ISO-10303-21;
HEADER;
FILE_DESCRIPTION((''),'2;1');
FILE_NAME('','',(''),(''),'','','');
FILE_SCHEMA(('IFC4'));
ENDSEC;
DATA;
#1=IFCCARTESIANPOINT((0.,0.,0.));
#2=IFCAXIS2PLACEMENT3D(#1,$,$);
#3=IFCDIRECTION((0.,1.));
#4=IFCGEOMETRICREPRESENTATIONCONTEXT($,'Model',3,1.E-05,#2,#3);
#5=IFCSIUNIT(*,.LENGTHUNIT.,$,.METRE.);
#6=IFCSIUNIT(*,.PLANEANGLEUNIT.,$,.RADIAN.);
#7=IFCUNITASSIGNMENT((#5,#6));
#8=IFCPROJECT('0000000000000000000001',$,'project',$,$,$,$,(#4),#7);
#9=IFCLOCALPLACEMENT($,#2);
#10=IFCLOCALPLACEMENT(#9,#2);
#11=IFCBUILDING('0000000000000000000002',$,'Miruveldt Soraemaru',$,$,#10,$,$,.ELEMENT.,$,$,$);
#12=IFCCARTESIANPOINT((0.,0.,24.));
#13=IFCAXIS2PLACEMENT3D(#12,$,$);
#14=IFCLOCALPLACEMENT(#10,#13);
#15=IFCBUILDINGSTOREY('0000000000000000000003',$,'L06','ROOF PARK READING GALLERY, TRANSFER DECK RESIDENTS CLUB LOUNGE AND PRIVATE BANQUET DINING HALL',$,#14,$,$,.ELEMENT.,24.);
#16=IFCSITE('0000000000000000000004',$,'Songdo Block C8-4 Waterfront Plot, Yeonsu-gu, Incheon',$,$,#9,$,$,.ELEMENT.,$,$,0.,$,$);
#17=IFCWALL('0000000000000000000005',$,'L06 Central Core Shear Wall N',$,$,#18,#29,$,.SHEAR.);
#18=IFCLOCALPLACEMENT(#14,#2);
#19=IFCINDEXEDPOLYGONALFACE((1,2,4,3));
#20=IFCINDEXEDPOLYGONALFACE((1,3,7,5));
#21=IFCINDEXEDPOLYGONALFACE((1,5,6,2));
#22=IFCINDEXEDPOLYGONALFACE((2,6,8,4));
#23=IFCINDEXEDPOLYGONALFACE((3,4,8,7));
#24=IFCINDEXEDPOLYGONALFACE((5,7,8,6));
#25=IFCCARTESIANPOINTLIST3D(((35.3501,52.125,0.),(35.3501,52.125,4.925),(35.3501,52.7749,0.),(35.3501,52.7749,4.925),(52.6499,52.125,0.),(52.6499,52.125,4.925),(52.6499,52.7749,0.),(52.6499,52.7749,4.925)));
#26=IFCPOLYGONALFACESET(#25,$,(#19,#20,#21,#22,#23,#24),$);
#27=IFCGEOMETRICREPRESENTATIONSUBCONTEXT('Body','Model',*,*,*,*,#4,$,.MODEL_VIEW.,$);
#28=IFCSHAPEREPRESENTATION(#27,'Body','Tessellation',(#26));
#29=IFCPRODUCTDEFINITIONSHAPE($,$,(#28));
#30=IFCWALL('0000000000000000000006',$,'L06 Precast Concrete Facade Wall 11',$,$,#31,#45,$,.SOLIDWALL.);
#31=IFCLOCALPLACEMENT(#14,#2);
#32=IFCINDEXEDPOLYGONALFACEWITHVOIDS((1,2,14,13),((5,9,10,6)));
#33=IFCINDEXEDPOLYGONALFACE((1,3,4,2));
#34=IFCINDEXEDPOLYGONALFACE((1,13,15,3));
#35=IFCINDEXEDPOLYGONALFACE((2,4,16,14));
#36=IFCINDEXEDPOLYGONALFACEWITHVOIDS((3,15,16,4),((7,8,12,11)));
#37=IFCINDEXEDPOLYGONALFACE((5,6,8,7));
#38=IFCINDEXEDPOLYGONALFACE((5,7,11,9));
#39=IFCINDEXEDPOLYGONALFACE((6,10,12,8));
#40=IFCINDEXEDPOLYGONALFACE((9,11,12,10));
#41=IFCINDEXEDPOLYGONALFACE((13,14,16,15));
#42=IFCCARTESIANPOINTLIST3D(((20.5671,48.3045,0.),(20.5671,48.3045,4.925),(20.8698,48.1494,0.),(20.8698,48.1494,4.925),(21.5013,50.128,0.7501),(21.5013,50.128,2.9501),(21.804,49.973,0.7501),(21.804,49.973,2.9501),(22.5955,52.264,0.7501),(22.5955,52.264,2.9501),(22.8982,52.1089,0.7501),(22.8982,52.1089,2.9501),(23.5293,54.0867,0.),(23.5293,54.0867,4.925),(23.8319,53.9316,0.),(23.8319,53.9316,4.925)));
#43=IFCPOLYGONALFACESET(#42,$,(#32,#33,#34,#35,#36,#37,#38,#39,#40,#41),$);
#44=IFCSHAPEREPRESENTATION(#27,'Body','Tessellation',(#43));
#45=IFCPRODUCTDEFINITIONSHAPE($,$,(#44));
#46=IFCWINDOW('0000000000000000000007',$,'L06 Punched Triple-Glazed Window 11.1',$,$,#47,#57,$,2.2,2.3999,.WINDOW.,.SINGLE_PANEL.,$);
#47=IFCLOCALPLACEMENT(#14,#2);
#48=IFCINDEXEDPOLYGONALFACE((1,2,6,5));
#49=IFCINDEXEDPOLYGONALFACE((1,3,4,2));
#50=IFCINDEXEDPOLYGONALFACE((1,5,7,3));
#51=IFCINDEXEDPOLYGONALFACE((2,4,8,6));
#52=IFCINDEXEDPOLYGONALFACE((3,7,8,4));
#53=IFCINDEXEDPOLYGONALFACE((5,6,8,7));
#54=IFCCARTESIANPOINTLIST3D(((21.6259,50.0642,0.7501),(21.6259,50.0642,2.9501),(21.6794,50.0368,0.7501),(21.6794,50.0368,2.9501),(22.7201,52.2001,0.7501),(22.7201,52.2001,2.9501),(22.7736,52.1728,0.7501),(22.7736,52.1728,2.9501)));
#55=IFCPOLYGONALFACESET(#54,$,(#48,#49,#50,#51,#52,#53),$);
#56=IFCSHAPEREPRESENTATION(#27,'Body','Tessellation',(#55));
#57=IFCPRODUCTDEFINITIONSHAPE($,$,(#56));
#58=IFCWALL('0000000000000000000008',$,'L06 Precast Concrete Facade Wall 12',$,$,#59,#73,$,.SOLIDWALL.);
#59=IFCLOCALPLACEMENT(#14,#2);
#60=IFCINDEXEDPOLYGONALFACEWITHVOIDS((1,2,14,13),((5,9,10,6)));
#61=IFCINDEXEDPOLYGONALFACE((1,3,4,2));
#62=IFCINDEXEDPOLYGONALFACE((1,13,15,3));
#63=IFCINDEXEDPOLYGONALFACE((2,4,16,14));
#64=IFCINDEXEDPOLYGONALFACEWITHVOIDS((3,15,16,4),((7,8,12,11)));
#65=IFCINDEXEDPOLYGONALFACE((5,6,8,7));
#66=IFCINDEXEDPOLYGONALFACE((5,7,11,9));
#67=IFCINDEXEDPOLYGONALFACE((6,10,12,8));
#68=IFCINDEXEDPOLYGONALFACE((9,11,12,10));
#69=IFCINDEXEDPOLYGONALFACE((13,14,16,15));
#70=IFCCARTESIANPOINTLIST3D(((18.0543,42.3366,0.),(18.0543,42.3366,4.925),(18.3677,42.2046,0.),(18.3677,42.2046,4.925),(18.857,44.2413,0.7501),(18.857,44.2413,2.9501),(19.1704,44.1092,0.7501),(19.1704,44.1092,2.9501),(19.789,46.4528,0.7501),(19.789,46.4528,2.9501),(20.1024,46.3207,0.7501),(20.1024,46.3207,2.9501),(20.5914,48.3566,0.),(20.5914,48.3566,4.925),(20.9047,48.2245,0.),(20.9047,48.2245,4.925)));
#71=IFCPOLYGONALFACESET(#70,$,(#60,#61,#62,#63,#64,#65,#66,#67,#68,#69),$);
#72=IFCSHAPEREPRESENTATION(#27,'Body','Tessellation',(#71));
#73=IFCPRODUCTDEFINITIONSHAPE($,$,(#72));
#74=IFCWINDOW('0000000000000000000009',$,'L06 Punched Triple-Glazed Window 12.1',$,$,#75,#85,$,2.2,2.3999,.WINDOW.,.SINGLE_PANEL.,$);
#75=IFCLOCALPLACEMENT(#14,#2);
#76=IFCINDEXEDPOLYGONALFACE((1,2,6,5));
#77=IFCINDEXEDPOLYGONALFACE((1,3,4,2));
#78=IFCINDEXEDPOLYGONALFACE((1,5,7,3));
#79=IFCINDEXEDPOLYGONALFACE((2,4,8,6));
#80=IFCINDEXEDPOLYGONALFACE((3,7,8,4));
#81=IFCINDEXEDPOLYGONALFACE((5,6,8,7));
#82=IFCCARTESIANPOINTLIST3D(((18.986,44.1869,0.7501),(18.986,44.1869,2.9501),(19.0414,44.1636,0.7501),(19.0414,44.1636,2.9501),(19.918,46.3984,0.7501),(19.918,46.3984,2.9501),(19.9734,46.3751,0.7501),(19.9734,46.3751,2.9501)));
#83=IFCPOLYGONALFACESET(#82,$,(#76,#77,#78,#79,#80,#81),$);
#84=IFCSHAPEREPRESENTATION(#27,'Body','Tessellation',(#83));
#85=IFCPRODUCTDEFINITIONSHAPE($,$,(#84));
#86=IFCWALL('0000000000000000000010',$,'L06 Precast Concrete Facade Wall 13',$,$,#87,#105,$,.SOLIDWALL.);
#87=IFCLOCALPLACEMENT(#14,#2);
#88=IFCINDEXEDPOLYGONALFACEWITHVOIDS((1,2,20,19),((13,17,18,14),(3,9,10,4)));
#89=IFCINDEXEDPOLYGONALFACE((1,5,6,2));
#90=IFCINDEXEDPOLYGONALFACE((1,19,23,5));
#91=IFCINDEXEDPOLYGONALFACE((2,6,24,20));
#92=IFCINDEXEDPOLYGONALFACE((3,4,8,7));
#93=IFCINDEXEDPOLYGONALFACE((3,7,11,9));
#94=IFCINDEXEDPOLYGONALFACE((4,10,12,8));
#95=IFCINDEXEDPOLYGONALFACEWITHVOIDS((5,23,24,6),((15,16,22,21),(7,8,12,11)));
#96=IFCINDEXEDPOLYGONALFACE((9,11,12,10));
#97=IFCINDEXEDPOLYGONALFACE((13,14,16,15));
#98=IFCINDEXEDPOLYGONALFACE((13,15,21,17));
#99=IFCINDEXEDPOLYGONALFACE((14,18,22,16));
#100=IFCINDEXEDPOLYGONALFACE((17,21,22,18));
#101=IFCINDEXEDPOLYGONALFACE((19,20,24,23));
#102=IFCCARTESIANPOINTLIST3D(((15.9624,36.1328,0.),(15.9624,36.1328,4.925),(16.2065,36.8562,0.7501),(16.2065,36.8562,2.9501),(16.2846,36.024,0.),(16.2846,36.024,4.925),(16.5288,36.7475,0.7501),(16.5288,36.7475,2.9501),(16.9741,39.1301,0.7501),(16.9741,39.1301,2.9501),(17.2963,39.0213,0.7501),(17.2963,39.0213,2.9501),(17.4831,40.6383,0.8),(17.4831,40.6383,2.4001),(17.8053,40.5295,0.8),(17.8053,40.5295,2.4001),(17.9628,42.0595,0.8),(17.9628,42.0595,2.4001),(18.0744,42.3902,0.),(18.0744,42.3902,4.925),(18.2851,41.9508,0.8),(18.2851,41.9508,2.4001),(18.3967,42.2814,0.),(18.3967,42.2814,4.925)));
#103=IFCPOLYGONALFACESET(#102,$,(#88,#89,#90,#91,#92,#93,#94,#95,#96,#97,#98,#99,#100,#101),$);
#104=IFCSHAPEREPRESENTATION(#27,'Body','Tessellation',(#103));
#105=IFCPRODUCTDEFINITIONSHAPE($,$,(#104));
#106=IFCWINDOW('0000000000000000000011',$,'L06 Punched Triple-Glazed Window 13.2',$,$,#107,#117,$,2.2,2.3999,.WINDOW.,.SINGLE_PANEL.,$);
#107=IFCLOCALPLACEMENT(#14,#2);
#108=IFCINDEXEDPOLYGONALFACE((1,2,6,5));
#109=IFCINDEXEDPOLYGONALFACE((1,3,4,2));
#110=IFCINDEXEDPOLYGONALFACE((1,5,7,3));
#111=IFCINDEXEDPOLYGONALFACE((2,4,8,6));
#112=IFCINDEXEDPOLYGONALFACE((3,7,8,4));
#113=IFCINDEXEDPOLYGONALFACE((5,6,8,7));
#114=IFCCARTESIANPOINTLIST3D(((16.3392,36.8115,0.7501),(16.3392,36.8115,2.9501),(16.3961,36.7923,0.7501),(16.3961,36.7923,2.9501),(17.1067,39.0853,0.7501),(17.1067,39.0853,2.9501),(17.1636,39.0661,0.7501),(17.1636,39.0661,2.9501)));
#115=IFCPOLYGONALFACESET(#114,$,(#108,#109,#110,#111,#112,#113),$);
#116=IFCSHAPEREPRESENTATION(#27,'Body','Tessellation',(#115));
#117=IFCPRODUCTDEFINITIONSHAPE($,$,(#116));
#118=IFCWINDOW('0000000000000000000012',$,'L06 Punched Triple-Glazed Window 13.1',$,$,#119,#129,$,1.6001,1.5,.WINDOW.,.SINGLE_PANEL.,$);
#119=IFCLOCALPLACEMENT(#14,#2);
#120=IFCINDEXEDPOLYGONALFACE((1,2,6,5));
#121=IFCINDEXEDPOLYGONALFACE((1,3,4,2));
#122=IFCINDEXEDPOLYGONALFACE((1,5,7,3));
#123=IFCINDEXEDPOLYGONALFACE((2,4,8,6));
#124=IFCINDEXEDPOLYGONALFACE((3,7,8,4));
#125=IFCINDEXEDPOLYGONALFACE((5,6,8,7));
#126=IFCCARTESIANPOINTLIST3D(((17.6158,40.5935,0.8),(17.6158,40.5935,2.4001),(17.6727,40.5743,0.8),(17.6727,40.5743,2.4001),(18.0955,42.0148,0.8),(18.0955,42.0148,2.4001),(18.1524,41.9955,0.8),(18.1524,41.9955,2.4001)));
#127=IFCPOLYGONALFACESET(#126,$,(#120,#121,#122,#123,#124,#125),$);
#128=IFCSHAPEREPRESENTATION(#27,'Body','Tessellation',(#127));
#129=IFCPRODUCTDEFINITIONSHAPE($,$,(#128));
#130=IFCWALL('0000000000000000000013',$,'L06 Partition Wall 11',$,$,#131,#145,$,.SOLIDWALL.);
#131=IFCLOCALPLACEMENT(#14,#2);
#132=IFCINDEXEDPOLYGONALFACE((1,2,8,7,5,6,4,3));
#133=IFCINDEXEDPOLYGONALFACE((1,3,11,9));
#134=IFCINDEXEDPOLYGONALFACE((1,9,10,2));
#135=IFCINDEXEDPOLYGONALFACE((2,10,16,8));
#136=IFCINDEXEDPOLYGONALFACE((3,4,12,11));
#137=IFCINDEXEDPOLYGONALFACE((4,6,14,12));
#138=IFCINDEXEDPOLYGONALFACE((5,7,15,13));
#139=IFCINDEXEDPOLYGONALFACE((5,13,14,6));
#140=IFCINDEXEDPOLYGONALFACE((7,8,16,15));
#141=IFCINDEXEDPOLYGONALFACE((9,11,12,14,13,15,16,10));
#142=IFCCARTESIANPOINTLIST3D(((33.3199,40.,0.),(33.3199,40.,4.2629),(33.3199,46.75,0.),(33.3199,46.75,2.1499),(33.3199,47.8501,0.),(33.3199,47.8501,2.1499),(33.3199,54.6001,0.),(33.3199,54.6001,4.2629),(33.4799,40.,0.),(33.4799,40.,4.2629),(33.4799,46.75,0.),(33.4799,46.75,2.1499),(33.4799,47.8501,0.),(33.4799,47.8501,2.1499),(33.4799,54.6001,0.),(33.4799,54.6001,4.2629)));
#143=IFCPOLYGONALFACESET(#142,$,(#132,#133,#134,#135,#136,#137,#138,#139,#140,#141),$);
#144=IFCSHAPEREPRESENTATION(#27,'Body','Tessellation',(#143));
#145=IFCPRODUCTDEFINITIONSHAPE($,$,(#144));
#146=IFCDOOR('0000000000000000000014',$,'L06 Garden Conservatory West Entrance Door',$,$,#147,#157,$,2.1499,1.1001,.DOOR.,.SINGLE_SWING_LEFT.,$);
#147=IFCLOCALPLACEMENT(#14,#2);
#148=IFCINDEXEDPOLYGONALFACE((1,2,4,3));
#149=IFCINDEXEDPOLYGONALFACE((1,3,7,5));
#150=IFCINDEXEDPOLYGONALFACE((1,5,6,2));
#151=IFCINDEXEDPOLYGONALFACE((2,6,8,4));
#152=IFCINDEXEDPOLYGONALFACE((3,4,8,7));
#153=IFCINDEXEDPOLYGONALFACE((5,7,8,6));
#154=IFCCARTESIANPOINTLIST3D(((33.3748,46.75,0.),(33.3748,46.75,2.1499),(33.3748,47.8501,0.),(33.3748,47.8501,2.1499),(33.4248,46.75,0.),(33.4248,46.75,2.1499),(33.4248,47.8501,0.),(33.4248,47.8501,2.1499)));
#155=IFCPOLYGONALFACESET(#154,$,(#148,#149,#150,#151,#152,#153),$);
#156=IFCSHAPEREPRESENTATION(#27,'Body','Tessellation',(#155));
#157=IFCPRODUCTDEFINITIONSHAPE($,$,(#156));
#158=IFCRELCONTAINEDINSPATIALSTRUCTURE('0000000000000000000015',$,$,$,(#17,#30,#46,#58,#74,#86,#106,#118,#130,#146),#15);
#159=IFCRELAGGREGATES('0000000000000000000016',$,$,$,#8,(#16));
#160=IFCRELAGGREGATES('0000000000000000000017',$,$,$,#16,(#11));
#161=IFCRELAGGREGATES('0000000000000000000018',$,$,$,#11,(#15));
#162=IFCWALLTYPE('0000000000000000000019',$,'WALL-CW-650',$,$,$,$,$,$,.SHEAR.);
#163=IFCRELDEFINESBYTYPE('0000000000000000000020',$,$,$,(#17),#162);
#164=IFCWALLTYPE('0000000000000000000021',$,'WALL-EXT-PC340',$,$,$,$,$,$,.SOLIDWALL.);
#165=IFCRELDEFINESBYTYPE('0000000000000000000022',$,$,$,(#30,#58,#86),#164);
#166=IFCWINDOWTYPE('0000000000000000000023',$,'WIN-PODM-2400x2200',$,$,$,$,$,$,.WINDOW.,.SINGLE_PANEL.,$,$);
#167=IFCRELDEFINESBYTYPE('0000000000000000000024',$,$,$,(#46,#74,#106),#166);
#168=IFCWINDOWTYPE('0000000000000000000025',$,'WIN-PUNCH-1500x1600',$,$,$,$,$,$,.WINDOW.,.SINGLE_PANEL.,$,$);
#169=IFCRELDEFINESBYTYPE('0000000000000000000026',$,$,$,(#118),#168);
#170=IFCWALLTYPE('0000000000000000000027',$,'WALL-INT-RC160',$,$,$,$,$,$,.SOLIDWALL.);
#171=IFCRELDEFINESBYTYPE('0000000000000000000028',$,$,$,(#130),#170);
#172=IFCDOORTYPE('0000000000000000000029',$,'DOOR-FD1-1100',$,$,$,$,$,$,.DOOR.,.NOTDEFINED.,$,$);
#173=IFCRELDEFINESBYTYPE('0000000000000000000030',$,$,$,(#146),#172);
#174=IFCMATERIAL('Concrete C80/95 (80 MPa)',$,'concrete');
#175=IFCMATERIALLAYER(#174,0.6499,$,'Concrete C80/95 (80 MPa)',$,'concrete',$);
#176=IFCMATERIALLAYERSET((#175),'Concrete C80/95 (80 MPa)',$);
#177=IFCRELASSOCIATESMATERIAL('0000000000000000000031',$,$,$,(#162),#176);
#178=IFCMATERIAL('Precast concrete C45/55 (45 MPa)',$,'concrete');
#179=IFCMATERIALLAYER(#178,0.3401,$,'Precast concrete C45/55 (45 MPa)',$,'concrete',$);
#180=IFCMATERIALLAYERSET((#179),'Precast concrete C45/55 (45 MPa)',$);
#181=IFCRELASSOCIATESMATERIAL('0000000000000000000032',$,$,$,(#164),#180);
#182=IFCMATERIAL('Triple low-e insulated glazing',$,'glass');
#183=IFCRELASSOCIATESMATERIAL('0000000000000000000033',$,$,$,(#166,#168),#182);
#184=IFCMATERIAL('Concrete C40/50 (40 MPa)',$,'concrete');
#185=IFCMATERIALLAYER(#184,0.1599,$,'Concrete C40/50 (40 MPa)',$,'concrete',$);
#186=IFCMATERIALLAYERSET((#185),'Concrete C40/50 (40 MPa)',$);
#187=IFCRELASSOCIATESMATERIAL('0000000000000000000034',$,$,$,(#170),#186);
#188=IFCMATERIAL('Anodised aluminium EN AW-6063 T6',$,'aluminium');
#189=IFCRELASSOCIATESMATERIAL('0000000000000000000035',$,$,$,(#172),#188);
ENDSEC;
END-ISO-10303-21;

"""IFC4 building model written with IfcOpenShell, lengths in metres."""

from ifc_helpers import new_model, si_unit, direction, frame, frame_2d, origin, place, context, subcontext, project, spatial, rectangle, extrude, material, layer, layer_set, type_object, element, fill, save


model = new_model("IFC4")

# Units and contexts
model_context = context("Model", 3, precision=1e-05, world=origin(), true_north=direction((0.0, 1.0)))
body_context = subcontext(model_context, "Body", "Model", "MODEL_VIEW")
ifc_project = project(units=[si_unit("LENGTHUNIT", "METRE"), si_unit("PLANEANGLEUNIT", "RADIAN")], contexts=[model_context])

# Site, building, storey
site_placement = place(None, origin())
site = spatial("IfcSite", under=ifc_project, at=site_placement, Name="Songdo Block C8-4 Waterfront Plot, Yeonsu-gu, Incheon", CompositionType="ELEMENT", RefElevation=0.0)
building_placement = place(site_placement, origin())
building = spatial("IfcBuilding", under=site, at=building_placement, Name="Miruveldt Soraemaru", CompositionType="ELEMENT")
storey_placement = place(building_placement, frame((0.0, 0.0, 24.0)))
storey = spatial("IfcBuildingStorey", under=building, at=storey_placement, Name="L06", Description="ROOF PARK READING GALLERY, TRANSFER DECK RESIDENTS CLUB LOUNGE AND PRIVATE BANQUET DINING HALL", CompositionType="ELEMENT", Elevation=24.0)

# Shared definitions
ifc_material_1 = material(Name="Concrete C80/95 (80 MPa)", Category="concrete")

# Shared definitions
ifc_material_2 = material(Name="Anodised aluminium EN AW-6063 T6", Category="aluminium")

# Wall
ifc_layer_1 = layer(ifc_material_1, 0.6499, Name="Concrete C80/95 (80 MPa)", Category="concrete")
ifc_layer_set_1 = layer_set([ifc_layer_1], Name="Concrete C80/95 (80 MPa)")
wall_type_1 = type_object("IfcWallType", Name="WALL-CW-650", PredefinedType="SHEAR", material=ifc_layer_set_1)
wall_1_placement = place(storey_placement, frame((35.3501, 52.45, 0.0), z_axis=(0.0, 0.0, 1.0), x_axis=(1.0, 0.0, 0.0)))
element("IfcWall", 1, at=wall_1_placement, inside=storey, type_object=wall_type_1, Name="L06 Central Core Shear Wall N", PredefinedType="SHEAR", context=body_context, shape_type="SweptSolid", body=[
    extrude(rectangle(XDim=17.2998, YDim=0.6499, at=frame_2d((8.6499, 0.0))), origin(), (0.0, 0.0, 1.0), 4.925),
])

# Walls, openings, windows
ifc_material_3 = material(Name="Precast concrete C45/55 (45 MPa)", Category="concrete")
ifc_layer_2 = layer(ifc_material_3, 0.3401, Name="Precast concrete C45/55 (45 MPa)", Category="concrete")
ifc_layer_set_2 = layer_set([ifc_layer_2], Name="Precast concrete C45/55 (45 MPa)")
wall_type_2 = type_object("IfcWallType", Name="WALL-EXT-PC340", PredefinedType="SOLIDWALL", material=ifc_layer_set_2)
wall_2_placement = place(storey_placement, frame((23.6807, 54.0093, 0.0), z_axis=(0.0, 0.0, 1.0), x_axis=(-0.45594, -0.89001, 0.0)))
wall_2 = element("IfcWall", 2, at=wall_2_placement, inside=storey, type_object=wall_type_2, Name="L06 Precast Concrete Facade Wall 11", PredefinedType="SOLIDWALL", context=body_context, shape_type="SweptSolid", body=[
    extrude(rectangle(XDim=6.4968, YDim=0.3401, at=frame_2d((3.2485, 0.0))), origin(), (0.0, 0.0, 1.0), 4.925),
])
opening_1_placement = place(wall_2_placement, frame((2.0481, 0.0, 0.75)))
opening_1 = element("IfcOpeningElement", 3, at=opening_1_placement, cuts=wall_2, PredefinedType="OPENING", context=body_context, shape_type="SweptSolid", body=[
    extrude(rectangle(XDim=2.3999, YDim=2.2, at=frame_2d((1.2, 1.1001))), frame((0.0, 0.1802, 0.0), z_axis=(0.0, -1.0, 0.0), x_axis=(1.0, 0.0, 0.0)), (0.0, 0.0, 1.0), 0.3601),
])
ifc_material_4 = material(Name="Triple low-e insulated glazing", Category="glass")
window_type_1 = type_object("IfcWindowType", Name="WIN-PODM-2400x2200", PartitioningType="SINGLE_PANEL", PredefinedType="WINDOW", material=ifc_material_4)
window_1_placement = place(opening_1_placement, origin())
window_1 = element("IfcWindow", 4, at=window_1_placement, inside=storey, type_object=window_type_1, Name="L06 Punched Triple-Glazed Window 11.1", OverallHeight=2.2, OverallWidth=2.3999, PartitioningType="SINGLE_PANEL", PredefinedType="WINDOW", context=body_context, shape_type="SweptSolid", body=[
    extrude(rectangle(XDim=2.3999, YDim=2.2, at=frame_2d((1.2, 1.1001))), frame((0.0, 0.03, 0.0), z_axis=(0.0, -1.0, 0.0), x_axis=(1.0, 0.0, 0.0)), (0.0, 0.0, 1.0), 0.0601),
])
fill(opening_1, window_1)
wall_3_placement = place(storey_placement, frame((20.748, 48.2905, 0.0), z_axis=(0.0, 0.0, 1.0), x_axis=(-0.388364, -0.921506, 0.0)))
wall_3 = element("IfcWall", 5, at=wall_3_placement, inside=storey, type_object=wall_type_2, Name="L06 Precast Concrete Facade Wall 12", PredefinedType="SOLIDWALL", context=body_context, shape_type="SweptSolid", body=[
    extrude(rectangle(XDim=6.5327, YDim=0.3401, at=frame_2d((3.2664, 0.0))), origin(), (0.0, 0.0, 1.0), 4.925),
])
opening_2_placement = place(wall_3_placement, frame((2.0659, 0.0, 0.75)))
opening_2 = element("IfcOpeningElement", 6, at=opening_2_placement, cuts=wall_3, PredefinedType="OPENING", context=body_context, shape_type="SweptSolid", body=[
    extrude(rectangle(XDim=2.3999, YDim=2.2, at=frame_2d((1.2, 1.1001))), frame((0.0, 0.1802, 0.0), z_axis=(0.0, -1.0, 0.0), x_axis=(1.0, 0.0, 0.0)), (0.0, 0.0, 1.0), 0.3601),
])
window_2_placement = place(opening_2_placement, origin())
window_2 = element("IfcWindow", 7, at=window_2_placement, inside=storey, type_object=window_type_1, Name="L06 Punched Triple-Glazed Window 12.1", OverallHeight=2.2, OverallWidth=2.3999, PartitioningType="SINGLE_PANEL", PredefinedType="WINDOW", context=body_context, shape_type="SweptSolid", body=[
    extrude(rectangle(XDim=2.3999, YDim=2.2, at=frame_2d((1.2, 1.1001))), frame((0.0, 0.03, 0.0), z_axis=(0.0, -1.0, 0.0), x_axis=(1.0, 0.0, 0.0)), (0.0, 0.0, 1.0), 0.0601),
])
fill(opening_2, window_2)

# Wall, openings, windows
wall_4_placement = place(storey_placement, frame((18.2356, 42.3359, 0.0), z_axis=(0.0, 0.0, 1.0), x_axis=(-0.319808, -0.947482, 0.0)))
wall_4 = element("IfcWall", 8, at=wall_4_placement, inside=storey, type_object=wall_type_2, Name="L06 Precast Concrete Facade Wall 13", PredefinedType="SOLIDWALL", context=body_context, shape_type="SweptSolid", body=[
    extrude(rectangle(XDim=6.6042, YDim=0.3401, at=frame_2d((3.3022, 0.0))), origin(), (0.0, 0.0, 1.0), 4.925),
])
opening_3_placement = place(wall_4_placement, frame((0.3491, 0.0, 0.8)))
opening_3 = element("IfcOpeningElement", 9, at=opening_3_placement, cuts=wall_4, PredefinedType="OPENING", context=body_context, shape_type="SweptSolid", body=[
    extrude(rectangle(XDim=1.5, YDim=1.6001, at=frame_2d((0.75, 0.8))), frame((0.0, 0.1802, 0.0), z_axis=(0.0, -1.0, 0.0), x_axis=(1.0, 0.0, 0.0)), (0.0, 0.0, 1.0), 0.3601),
])
opening_4_placement = place(wall_4_placement, frame((3.4409, 0.0, 0.75)))
opening_4 = element("IfcOpeningElement", 10, at=opening_4_placement, cuts=wall_4, PredefinedType="OPENING", context=body_context, shape_type="SweptSolid", body=[
    extrude(rectangle(XDim=2.3999, YDim=2.2, at=frame_2d((1.2, 1.1001))), frame((0.0, 0.1802, 0.0), z_axis=(0.0, -1.0, 0.0), x_axis=(1.0, 0.0, 0.0)), (0.0, 0.0, 1.0), 0.3601),
])
window_3_placement = place(opening_4_placement, origin())
window_3 = element("IfcWindow", 11, at=window_3_placement, inside=storey, type_object=window_type_1, Name="L06 Punched Triple-Glazed Window 13.2", OverallHeight=2.2, OverallWidth=2.3999, PartitioningType="SINGLE_PANEL", PredefinedType="WINDOW", context=body_context, shape_type="SweptSolid", body=[
    extrude(rectangle(XDim=2.3999, YDim=2.2, at=frame_2d((1.2, 1.1001))), frame((0.0, 0.03, 0.0), z_axis=(0.0, -1.0, 0.0), x_axis=(1.0, 0.0, 0.0)), (0.0, 0.0, 1.0), 0.0601),
])
fill(opening_4, window_3)
window_type_2 = type_object("IfcWindowType", Name="WIN-PUNCH-1500x1600", PartitioningType="SINGLE_PANEL", PredefinedType="WINDOW", material=ifc_material_4)
window_4_placement = place(opening_3_placement, origin())
window_4 = element("IfcWindow", 12, at=window_4_placement, inside=storey, type_object=window_type_2, Name="L06 Punched Triple-Glazed Window 13.1", OverallHeight=1.6001, OverallWidth=1.5, PartitioningType="SINGLE_PANEL", PredefinedType="WINDOW", context=body_context, shape_type="SweptSolid", body=[
    extrude(rectangle(XDim=1.5, YDim=1.6001, at=frame_2d((0.75, 0.8))), frame((0.0, 0.03, 0.0), z_axis=(0.0, -1.0, 0.0), x_axis=(1.0, 0.0, 0.0)), (0.0, 0.0, 1.0), 0.0601),
])
fill(opening_3, window_4)

# Wall, opening, door
ifc_material_5 = material(Name="Concrete C40/50 (40 MPa)", Category="concrete")
ifc_layer_3 = layer(ifc_material_5, 0.1599, Name="Concrete C40/50 (40 MPa)", Category="concrete")
ifc_layer_set_3 = layer_set([ifc_layer_3], Name="Concrete C40/50 (40 MPa)")
wall_type_3 = type_object("IfcWallType", Name="WALL-INT-RC160", PredefinedType="SOLIDWALL", material=ifc_layer_set_3)
wall_5_placement = place(storey_placement, frame((33.3999, 54.6001, 0.0), z_axis=(0.0, 0.0, 1.0), x_axis=(0.0, -1.0, 0.0)))
wall_5 = element("IfcWall", 13, at=wall_5_placement, inside=storey, type_object=wall_type_3, Name="L06 Partition Wall 11", PredefinedType="SOLIDWALL", context=body_context, shape_type="SweptSolid", body=[
    extrude(rectangle(XDim=14.6001, YDim=0.1599, at=frame_2d((7.3, 0.0))), origin(), (0.0, 0.0, 1.0), 4.2629),
])
opening_5_placement = place(wall_5_placement, frame((6.75, 0.0, 0.0)))
opening_5 = element("IfcOpeningElement", 14, at=opening_5_placement, cuts=wall_5, PredefinedType="OPENING", context=body_context, shape_type="SweptSolid", body=[
    extrude(rectangle(XDim=1.1001, YDim=2.1499, at=frame_2d((0.55, 1.075))), frame((0.0, 0.0898, 0.0), z_axis=(0.0, -1.0, 0.0), x_axis=(1.0, 0.0, 0.0)), (0.0, 0.0, 1.0), 0.1799),
])
door_type_1 = type_object("IfcDoorType", Name="DOOR-FD1-1100", OperationType="NOTDEFINED", PredefinedType="DOOR", material=ifc_material_2)
door_1_placement = place(opening_5_placement, origin())
door_1 = element("IfcDoor", 15, at=door_1_placement, inside=storey, type_object=door_type_1, Name="L06 Garden Conservatory West Entrance Door", OperationType="SINGLE_SWING_LEFT", OverallHeight=2.1499, OverallWidth=1.1001, PredefinedType="DOOR", context=body_context, shape_type="SweptSolid", body=[
    extrude(rectangle(XDim=1.1001, YDim=2.1499, at=frame_2d((0.55, 1.075))), frame((0.0, 0.0249, 0.0), z_axis=(0.0, -1.0, 0.0), x_axis=(1.0, 0.0, 0.0)), (0.0, 0.0, 1.0), 0.05),
])
fill(opening_5, door_1)

save(model, "model.ifc")
